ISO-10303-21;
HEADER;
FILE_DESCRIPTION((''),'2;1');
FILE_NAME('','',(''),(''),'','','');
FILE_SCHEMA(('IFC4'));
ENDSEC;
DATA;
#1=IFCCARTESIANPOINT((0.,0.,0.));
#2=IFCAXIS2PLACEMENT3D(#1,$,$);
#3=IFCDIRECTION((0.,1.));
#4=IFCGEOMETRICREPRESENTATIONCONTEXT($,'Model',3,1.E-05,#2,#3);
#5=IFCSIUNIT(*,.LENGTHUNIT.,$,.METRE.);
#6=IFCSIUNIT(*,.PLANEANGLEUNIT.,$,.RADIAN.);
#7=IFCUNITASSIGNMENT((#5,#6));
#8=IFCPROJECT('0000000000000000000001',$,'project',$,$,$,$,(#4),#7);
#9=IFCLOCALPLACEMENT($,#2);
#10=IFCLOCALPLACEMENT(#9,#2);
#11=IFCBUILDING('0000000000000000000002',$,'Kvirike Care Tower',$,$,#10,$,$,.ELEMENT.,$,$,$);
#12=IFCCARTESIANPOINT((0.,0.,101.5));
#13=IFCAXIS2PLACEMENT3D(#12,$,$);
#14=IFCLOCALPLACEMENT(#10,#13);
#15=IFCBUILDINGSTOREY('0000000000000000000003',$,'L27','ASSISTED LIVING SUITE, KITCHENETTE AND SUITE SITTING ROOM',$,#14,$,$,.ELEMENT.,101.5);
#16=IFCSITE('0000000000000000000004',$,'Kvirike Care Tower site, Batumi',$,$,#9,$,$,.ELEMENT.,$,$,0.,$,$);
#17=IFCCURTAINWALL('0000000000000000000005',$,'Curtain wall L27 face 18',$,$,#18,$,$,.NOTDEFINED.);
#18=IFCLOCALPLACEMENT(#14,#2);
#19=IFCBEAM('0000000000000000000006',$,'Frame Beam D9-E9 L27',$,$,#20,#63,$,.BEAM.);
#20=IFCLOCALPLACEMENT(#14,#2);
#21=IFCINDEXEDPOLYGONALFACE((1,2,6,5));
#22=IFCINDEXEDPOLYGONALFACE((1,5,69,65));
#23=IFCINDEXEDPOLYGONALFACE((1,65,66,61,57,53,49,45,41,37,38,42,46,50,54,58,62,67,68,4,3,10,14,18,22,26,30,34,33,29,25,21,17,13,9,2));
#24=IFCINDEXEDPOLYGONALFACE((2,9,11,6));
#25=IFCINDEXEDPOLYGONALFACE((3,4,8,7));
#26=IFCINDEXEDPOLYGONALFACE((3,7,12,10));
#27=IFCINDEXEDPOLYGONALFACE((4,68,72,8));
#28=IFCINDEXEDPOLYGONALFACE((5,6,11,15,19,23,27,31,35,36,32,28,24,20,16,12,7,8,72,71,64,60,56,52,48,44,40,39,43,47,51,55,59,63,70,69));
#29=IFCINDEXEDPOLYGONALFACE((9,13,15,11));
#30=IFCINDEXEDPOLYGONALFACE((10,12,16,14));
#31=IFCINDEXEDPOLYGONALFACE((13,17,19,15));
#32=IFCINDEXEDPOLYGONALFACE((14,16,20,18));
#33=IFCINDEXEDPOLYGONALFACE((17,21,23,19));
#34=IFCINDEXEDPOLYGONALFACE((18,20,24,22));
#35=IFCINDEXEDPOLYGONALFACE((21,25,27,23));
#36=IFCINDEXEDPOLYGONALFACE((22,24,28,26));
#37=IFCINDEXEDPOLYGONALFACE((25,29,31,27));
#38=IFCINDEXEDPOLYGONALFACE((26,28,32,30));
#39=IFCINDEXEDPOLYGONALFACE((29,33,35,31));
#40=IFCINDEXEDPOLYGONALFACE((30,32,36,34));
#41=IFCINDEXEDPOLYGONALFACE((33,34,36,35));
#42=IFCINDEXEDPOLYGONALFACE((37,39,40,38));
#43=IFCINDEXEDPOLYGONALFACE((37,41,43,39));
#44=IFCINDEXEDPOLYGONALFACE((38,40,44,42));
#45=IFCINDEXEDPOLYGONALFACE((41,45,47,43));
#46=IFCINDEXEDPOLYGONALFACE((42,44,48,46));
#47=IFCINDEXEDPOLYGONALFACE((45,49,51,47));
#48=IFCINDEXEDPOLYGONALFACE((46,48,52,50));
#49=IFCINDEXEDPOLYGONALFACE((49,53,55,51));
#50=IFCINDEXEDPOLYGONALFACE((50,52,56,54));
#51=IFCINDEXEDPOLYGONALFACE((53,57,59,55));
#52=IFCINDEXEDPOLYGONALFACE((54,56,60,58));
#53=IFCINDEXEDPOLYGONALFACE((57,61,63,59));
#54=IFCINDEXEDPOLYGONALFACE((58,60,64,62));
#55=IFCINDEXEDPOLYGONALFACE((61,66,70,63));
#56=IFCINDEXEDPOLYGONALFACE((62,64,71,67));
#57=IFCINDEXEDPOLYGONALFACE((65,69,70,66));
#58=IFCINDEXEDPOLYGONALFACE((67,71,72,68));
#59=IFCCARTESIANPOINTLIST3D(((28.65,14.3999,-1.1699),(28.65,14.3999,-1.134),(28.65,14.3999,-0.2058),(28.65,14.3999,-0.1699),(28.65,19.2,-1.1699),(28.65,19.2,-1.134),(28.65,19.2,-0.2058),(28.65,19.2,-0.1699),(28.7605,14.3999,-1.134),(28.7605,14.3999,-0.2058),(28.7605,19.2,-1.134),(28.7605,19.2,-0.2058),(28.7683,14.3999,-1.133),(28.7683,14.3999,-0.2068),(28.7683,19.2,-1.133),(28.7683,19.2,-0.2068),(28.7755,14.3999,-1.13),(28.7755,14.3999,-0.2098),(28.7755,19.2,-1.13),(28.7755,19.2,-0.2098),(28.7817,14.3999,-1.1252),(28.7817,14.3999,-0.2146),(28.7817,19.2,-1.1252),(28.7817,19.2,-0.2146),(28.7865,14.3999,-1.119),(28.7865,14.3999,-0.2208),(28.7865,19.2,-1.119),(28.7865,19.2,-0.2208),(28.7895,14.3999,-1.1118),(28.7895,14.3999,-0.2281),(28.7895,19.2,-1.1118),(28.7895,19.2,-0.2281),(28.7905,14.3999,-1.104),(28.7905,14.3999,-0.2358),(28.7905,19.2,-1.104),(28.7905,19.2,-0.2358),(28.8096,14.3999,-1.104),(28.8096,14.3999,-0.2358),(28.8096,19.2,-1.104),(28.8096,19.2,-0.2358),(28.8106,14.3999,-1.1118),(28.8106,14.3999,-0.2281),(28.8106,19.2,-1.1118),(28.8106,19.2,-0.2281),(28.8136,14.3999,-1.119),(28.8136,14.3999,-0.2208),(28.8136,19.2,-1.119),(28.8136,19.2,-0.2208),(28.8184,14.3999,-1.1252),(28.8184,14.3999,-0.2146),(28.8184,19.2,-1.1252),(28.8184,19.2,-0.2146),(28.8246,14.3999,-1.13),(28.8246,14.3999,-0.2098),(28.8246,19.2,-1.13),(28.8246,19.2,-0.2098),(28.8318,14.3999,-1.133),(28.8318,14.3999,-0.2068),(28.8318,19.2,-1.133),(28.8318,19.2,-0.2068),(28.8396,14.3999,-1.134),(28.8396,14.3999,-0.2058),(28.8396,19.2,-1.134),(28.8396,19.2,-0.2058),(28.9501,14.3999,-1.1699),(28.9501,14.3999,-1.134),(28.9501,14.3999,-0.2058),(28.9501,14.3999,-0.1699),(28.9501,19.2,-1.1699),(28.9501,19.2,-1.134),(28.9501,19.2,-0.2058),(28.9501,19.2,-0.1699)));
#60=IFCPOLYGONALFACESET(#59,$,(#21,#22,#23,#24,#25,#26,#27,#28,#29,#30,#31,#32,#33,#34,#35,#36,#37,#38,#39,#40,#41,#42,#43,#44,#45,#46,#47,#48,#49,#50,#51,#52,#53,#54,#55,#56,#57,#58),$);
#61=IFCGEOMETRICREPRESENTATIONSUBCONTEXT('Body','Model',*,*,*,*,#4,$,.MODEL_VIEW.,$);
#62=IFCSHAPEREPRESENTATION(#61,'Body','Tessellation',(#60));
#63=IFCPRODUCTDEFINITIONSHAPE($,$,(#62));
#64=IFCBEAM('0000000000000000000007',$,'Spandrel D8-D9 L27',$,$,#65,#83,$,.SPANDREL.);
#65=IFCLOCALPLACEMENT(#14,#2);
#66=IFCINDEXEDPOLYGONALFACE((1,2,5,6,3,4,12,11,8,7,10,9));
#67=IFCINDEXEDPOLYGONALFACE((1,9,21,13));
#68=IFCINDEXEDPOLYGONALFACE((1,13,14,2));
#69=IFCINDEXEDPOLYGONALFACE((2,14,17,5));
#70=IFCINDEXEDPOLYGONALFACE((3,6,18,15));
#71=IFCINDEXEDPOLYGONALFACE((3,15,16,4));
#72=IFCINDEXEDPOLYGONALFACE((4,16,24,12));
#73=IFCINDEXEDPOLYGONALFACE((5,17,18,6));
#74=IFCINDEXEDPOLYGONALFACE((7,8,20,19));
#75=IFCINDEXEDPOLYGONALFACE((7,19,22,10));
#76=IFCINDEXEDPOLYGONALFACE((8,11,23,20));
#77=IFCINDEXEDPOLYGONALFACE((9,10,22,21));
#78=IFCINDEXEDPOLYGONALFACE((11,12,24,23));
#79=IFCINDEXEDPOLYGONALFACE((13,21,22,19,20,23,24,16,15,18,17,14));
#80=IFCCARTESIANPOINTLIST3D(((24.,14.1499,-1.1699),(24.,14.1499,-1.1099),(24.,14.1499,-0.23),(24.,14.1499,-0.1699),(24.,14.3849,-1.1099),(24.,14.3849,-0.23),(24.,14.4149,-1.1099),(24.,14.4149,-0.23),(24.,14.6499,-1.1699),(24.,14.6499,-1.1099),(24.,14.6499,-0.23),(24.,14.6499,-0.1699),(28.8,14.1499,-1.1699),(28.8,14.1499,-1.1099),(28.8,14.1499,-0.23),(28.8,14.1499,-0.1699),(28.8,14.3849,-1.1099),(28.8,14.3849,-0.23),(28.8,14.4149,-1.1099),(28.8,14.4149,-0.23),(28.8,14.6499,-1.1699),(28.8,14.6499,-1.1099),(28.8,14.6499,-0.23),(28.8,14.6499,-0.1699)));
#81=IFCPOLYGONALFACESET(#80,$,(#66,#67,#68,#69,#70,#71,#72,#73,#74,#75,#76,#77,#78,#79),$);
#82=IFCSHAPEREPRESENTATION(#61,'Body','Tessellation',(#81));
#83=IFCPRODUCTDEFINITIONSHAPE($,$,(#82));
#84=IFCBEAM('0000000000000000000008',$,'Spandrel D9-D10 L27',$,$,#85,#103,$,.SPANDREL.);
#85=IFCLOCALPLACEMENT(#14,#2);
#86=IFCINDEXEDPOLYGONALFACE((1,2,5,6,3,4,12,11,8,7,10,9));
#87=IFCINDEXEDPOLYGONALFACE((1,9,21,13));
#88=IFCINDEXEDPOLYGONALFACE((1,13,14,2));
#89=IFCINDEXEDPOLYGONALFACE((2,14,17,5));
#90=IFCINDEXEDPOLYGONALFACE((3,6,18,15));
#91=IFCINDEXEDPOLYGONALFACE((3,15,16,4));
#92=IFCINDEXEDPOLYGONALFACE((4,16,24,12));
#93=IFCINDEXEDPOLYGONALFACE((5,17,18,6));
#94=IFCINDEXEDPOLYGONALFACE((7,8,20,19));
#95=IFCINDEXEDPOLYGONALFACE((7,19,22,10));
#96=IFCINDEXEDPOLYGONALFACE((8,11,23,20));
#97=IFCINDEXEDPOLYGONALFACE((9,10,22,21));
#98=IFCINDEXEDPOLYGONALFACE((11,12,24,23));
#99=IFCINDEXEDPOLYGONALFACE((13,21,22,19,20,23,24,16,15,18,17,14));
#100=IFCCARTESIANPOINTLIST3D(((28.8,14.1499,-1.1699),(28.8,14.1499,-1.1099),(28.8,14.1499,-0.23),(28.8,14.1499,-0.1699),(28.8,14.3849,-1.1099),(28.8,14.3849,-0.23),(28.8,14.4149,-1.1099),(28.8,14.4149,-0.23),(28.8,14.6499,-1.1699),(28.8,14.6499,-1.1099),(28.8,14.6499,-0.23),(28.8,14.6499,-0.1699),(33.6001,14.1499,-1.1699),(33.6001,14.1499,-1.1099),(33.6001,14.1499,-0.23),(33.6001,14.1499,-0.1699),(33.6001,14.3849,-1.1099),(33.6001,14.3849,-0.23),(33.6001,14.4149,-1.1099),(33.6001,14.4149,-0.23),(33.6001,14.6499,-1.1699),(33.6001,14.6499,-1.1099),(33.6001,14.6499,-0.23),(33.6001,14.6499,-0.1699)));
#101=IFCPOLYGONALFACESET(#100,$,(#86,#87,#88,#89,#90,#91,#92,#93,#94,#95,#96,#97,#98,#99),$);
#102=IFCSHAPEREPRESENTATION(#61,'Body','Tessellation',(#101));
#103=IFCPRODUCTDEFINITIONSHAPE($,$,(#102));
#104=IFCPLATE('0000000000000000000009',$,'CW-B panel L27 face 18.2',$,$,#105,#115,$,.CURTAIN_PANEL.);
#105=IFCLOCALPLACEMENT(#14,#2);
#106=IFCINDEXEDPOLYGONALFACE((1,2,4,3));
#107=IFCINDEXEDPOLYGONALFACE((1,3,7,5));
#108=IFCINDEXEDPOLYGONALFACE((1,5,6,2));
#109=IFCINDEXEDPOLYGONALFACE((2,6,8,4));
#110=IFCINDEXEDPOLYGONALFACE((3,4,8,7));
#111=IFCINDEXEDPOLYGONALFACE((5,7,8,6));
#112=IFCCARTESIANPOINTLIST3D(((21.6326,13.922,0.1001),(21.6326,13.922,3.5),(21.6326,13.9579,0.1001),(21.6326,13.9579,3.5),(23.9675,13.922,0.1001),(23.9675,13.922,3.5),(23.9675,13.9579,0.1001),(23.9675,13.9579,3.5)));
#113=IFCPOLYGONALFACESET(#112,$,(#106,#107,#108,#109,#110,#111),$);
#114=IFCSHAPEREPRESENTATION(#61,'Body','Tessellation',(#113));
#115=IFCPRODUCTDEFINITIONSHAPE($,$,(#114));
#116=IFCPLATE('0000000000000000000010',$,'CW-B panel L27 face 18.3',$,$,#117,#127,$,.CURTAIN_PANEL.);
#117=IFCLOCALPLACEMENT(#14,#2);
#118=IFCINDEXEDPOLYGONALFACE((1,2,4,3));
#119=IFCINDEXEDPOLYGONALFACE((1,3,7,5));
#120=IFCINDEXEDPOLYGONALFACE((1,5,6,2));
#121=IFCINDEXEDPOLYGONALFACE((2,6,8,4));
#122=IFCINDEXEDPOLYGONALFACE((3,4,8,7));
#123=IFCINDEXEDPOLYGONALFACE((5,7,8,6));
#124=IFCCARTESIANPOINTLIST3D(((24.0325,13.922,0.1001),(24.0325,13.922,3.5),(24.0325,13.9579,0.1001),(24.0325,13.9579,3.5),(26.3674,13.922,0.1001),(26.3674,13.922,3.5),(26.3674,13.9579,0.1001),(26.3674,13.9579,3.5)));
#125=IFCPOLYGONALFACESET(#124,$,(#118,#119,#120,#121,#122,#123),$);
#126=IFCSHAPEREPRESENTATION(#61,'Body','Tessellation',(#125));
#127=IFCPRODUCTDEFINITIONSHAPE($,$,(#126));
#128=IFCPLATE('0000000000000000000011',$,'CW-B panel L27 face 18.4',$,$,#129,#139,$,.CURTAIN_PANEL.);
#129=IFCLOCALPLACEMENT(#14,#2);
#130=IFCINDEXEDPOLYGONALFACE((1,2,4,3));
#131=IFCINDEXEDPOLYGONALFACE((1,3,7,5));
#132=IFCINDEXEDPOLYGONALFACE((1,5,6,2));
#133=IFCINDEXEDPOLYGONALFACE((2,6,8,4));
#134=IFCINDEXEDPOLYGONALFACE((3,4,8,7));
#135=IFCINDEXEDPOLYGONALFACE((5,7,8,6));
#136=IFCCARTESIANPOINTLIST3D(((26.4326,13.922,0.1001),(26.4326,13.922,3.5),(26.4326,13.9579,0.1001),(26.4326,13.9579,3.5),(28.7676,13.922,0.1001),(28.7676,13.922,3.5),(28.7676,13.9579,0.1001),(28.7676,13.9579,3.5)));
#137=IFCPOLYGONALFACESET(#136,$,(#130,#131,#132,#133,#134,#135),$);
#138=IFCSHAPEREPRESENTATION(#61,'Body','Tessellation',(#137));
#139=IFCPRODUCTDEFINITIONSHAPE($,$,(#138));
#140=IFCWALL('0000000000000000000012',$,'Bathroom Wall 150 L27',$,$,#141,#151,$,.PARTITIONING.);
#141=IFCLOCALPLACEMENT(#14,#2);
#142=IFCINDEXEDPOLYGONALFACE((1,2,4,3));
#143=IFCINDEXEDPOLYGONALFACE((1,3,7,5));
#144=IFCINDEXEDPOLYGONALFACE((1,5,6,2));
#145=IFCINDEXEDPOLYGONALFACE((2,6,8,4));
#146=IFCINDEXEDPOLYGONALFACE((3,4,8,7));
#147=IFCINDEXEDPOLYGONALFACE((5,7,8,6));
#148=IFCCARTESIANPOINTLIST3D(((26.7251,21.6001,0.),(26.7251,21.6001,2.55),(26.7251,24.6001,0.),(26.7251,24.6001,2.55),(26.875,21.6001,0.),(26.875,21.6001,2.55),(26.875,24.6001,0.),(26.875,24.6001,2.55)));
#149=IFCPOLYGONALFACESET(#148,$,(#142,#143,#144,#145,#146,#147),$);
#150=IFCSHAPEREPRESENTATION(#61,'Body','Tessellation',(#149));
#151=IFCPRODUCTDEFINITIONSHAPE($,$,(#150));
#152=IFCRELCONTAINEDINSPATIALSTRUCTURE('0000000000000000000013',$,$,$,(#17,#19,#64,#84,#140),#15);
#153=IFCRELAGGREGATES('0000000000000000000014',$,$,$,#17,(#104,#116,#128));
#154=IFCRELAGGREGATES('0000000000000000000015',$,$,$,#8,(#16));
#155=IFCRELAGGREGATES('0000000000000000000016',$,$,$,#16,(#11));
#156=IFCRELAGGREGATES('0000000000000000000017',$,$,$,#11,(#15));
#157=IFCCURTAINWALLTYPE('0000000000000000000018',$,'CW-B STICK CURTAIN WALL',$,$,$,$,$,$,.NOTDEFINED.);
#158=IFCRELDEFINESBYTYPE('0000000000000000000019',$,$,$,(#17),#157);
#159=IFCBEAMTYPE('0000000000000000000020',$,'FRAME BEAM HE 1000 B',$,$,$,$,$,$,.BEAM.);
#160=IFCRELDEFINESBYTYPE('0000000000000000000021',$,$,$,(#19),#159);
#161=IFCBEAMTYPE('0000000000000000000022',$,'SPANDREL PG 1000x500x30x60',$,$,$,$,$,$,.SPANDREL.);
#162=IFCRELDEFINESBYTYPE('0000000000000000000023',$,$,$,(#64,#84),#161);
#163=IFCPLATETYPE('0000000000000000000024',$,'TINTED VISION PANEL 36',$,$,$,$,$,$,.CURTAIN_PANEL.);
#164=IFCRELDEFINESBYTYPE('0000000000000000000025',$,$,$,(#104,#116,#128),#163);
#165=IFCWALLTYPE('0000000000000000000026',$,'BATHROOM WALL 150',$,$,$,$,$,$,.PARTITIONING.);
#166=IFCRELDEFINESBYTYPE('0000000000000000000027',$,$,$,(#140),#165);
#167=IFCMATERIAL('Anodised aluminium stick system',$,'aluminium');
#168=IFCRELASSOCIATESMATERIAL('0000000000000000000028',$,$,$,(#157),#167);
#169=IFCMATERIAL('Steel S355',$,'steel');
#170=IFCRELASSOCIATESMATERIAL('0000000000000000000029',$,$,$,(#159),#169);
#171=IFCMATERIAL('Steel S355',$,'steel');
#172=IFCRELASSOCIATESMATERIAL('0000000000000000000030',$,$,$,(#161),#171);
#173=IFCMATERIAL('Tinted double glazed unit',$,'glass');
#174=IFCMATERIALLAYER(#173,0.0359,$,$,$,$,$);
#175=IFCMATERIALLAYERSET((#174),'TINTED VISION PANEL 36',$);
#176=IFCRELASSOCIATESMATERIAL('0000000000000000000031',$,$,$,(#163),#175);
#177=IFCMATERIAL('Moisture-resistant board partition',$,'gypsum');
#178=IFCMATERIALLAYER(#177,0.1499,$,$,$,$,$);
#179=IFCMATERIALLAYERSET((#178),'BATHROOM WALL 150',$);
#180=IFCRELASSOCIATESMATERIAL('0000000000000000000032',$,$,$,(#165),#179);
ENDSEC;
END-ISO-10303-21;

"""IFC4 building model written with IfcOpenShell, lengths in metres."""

from ifc_helpers import new_model, si_unit, direction, frame, frame_2d, origin, origin_2d, place, context, subcontext, project, spatial, rectangle, i_section, extrude, material, layer, layer_set, material_profile, profile_set, type_object, element, aggregate, save


model = new_model("IFC4")

# Units and contexts
model_context = context("Model", 3, precision=1e-05, world=origin(), true_north=direction((0.0, 1.0)))
body_context = subcontext(model_context, "Body", "Model", "MODEL_VIEW")
ifc_project = project(units=[si_unit("LENGTHUNIT", "METRE"), si_unit("PLANEANGLEUNIT", "RADIAN")], contexts=[model_context])

# Site, building, storey
site_placement = place(None, origin())
site = spatial("IfcSite", under=ifc_project, at=site_placement, Name="Kvirike Care Tower site, Batumi", CompositionType="ELEMENT", RefElevation=0.0)
building_placement = place(site_placement, origin())
building = spatial("IfcBuilding", under=site, at=building_placement, Name="Kvirike Care Tower", CompositionType="ELEMENT")
storey_placement = place(building_placement, frame((0.0, 0.0, 101.5)))
storey = spatial("IfcBuildingStorey", under=building, at=storey_placement, Name="L27", Description="ASSISTED LIVING SUITE, KITCHENETTE AND SUITE SITTING ROOM", CompositionType="ELEMENT", Elevation=101.5)

# Curtain wall
ifc_material_1 = material(Name="Anodised aluminium stick system", Category="aluminium")
curtain_wall_type = type_object("IfcCurtainWallType", Name="CW-B STICK CURTAIN WALL", PredefinedType="NOTDEFINED", material=ifc_material_1)
curtain_wall_placement = place(storey_placement, origin())
curtain_wall = element("IfcCurtainWall", 1, at=curtain_wall_placement, inside=storey, type_object=curtain_wall_type, Name="Curtain wall L27 face 18", PredefinedType="NOTDEFINED")

# Beams
ifc_material_2 = material(Name="Steel S355", Category="steel")
ifc_material_profile_1 = material_profile(ifc_material_2, i_section(OverallWidth=0.3, OverallDepth=1.0, WebThickness=0.019, FlangeThickness=0.0359, FilletRadius=0.03, at=origin_2d()), Name="HE 1000 B")
ifc_profile_set_1 = profile_set([ifc_material_profile_1], Name="Steel S355")
beam_type_1 = type_object("IfcBeamType", Name="FRAME BEAM HE 1000 B", PredefinedType="BEAM", material=ifc_profile_set_1)
beam_placement = place(storey_placement, frame((28.8, 14.3999, -0.6699), z_axis=(0.0, 1.0, 0.0), x_axis=(-1.0, 0.0, 0.0)))
element("IfcBeam", 2, at=beam_placement, inside=storey, type_object=beam_type_1, Name="Frame Beam D9-E9 L27", PredefinedType="BEAM", context=body_context, shape_type="SweptSolid", body=[
    extrude(i_section(OverallWidth=0.3, OverallDepth=1.0, WebThickness=0.019, FlangeThickness=0.0359, FilletRadius=0.03, at=origin_2d()), origin(), (0.0, 0.0, 1.0), 4.8),
])
ifc_material_3 = material(Name="Steel S355", Category="steel")
ifc_material_profile_2 = material_profile(ifc_material_3, i_section(OverallWidth=0.5, OverallDepth=1.0, WebThickness=0.03, FlangeThickness=0.0601, at=origin_2d()), Name="PG 1000x500x30x60")
ifc_profile_set_2 = profile_set([ifc_material_profile_2], Name="Steel S355")
beam_type_2 = type_object("IfcBeamType", Name="SPANDREL PG 1000x500x30x60", PredefinedType="SPANDREL", material=ifc_profile_set_2)
for number, where, z_axis, x_axis, name in (
    (3, (24.0, 14.3999, -0.6699), (1.0, 0.0, 0.0), (0.0, 1.0, 0.0), "Spandrel D8-D9 L27"),
    (4, (28.8, 14.3999, -0.6699), (1.0, 0.0, 0.0), (0.0, 1.0, 0.0), "Spandrel D9-D10 L27"),
):
    element("IfcBeam", number, at=place(storey_placement, frame(where, z_axis=z_axis, x_axis=x_axis)), inside=storey, type_object=beam_type_2, Name=name, PredefinedType="SPANDREL", context=body_context, shape_type="SweptSolid", body=[
        extrude(i_section(OverallWidth=0.5, OverallDepth=1.0, WebThickness=0.03, FlangeThickness=0.0601, at=origin_2d()), origin(), (0.0, 0.0, 1.0), 4.8),
    ])

# Plates
ifc_material_4 = material(Name="Tinted double glazed unit", Category="glass")
ifc_layer_1 = layer(ifc_material_4, 0.0359)
ifc_layer_set_1 = layer_set([ifc_layer_1], Name="TINTED VISION PANEL 36")
plate_type = type_object("IfcPlateType", Name="TINTED VISION PANEL 36", PredefinedType="CURTAIN_PANEL", material=ifc_layer_set_1)
plate_1_placement = place(storey_placement, frame((22.8, 13.9399, 0.1001), z_axis=(0.0, 0.0, 1.0), x_axis=(1.0, 0.0, 0.0)))
plate_1 = element("IfcPlate", 5, at=plate_1_placement, type_object=plate_type, Name="CW-B panel L27 face 18.2", PredefinedType="CURTAIN_PANEL", context=body_context, shape_type="SweptSolid", body=[
    extrude(rectangle(XDim=2.335, YDim=0.0359, at=origin_2d()), origin(), (0.0, 0.0, 1.0), 3.3999),
])
plate_2_placement = place(storey_placement, frame((25.2, 13.9399, 0.1001), z_axis=(0.0, 0.0, 1.0), x_axis=(1.0, 0.0, 0.0)))
plate_2 = element("IfcPlate", 6, at=plate_2_placement, type_object=plate_type, Name="CW-B panel L27 face 18.3", PredefinedType="CURTAIN_PANEL", context=body_context, shape_type="SweptSolid", body=[
    extrude(rectangle(XDim=2.335, YDim=0.0359, at=origin_2d()), origin(), (0.0, 0.0, 1.0), 3.3999),
])
plate_3_placement = place(storey_placement, frame((27.6001, 13.9399, 0.1001), z_axis=(0.0, 0.0, 1.0), x_axis=(1.0, 0.0, 0.0)))
plate_3 = element("IfcPlate", 7, at=plate_3_placement, type_object=plate_type, Name="CW-B panel L27 face 18.4", PredefinedType="CURTAIN_PANEL", context=body_context, shape_type="SweptSolid", body=[
    extrude(rectangle(XDim=2.335, YDim=0.0359, at=origin_2d()), origin(), (0.0, 0.0, 1.0), 3.3999),
])
aggregate(curtain_wall, [plate_1, plate_2, plate_3])

# Wall
ifc_material_5 = material(Name="Moisture-resistant board partition", Category="gypsum")
ifc_layer_2 = layer(ifc_material_5, 0.1499)
ifc_layer_set_2 = layer_set([ifc_layer_2], Name="BATHROOM WALL 150")
wall_type_1 = type_object("IfcWallType", Name="BATHROOM WALL 150", PredefinedType="PARTITIONING", material=ifc_layer_set_2)
wall_1_placement = place(storey_placement, frame((26.8, 21.6001, 0.0), z_axis=(0.0, 0.0, 1.0), x_axis=(0.0, 1.0, 0.0)))
element("IfcWall", 8, at=wall_1_placement, inside=storey, type_object=wall_type_1, Name="Bathroom Wall 150 L27", PredefinedType="PARTITIONING", context=body_context, shape_type="SweptSolid", body=[
    extrude(rectangle(XDim=3.0, YDim=0.1499, at=frame_2d((1.5, 0.0))), origin(), (0.0, 0.0, 1.0), 2.55),
])

save(model, "model.ifc")
